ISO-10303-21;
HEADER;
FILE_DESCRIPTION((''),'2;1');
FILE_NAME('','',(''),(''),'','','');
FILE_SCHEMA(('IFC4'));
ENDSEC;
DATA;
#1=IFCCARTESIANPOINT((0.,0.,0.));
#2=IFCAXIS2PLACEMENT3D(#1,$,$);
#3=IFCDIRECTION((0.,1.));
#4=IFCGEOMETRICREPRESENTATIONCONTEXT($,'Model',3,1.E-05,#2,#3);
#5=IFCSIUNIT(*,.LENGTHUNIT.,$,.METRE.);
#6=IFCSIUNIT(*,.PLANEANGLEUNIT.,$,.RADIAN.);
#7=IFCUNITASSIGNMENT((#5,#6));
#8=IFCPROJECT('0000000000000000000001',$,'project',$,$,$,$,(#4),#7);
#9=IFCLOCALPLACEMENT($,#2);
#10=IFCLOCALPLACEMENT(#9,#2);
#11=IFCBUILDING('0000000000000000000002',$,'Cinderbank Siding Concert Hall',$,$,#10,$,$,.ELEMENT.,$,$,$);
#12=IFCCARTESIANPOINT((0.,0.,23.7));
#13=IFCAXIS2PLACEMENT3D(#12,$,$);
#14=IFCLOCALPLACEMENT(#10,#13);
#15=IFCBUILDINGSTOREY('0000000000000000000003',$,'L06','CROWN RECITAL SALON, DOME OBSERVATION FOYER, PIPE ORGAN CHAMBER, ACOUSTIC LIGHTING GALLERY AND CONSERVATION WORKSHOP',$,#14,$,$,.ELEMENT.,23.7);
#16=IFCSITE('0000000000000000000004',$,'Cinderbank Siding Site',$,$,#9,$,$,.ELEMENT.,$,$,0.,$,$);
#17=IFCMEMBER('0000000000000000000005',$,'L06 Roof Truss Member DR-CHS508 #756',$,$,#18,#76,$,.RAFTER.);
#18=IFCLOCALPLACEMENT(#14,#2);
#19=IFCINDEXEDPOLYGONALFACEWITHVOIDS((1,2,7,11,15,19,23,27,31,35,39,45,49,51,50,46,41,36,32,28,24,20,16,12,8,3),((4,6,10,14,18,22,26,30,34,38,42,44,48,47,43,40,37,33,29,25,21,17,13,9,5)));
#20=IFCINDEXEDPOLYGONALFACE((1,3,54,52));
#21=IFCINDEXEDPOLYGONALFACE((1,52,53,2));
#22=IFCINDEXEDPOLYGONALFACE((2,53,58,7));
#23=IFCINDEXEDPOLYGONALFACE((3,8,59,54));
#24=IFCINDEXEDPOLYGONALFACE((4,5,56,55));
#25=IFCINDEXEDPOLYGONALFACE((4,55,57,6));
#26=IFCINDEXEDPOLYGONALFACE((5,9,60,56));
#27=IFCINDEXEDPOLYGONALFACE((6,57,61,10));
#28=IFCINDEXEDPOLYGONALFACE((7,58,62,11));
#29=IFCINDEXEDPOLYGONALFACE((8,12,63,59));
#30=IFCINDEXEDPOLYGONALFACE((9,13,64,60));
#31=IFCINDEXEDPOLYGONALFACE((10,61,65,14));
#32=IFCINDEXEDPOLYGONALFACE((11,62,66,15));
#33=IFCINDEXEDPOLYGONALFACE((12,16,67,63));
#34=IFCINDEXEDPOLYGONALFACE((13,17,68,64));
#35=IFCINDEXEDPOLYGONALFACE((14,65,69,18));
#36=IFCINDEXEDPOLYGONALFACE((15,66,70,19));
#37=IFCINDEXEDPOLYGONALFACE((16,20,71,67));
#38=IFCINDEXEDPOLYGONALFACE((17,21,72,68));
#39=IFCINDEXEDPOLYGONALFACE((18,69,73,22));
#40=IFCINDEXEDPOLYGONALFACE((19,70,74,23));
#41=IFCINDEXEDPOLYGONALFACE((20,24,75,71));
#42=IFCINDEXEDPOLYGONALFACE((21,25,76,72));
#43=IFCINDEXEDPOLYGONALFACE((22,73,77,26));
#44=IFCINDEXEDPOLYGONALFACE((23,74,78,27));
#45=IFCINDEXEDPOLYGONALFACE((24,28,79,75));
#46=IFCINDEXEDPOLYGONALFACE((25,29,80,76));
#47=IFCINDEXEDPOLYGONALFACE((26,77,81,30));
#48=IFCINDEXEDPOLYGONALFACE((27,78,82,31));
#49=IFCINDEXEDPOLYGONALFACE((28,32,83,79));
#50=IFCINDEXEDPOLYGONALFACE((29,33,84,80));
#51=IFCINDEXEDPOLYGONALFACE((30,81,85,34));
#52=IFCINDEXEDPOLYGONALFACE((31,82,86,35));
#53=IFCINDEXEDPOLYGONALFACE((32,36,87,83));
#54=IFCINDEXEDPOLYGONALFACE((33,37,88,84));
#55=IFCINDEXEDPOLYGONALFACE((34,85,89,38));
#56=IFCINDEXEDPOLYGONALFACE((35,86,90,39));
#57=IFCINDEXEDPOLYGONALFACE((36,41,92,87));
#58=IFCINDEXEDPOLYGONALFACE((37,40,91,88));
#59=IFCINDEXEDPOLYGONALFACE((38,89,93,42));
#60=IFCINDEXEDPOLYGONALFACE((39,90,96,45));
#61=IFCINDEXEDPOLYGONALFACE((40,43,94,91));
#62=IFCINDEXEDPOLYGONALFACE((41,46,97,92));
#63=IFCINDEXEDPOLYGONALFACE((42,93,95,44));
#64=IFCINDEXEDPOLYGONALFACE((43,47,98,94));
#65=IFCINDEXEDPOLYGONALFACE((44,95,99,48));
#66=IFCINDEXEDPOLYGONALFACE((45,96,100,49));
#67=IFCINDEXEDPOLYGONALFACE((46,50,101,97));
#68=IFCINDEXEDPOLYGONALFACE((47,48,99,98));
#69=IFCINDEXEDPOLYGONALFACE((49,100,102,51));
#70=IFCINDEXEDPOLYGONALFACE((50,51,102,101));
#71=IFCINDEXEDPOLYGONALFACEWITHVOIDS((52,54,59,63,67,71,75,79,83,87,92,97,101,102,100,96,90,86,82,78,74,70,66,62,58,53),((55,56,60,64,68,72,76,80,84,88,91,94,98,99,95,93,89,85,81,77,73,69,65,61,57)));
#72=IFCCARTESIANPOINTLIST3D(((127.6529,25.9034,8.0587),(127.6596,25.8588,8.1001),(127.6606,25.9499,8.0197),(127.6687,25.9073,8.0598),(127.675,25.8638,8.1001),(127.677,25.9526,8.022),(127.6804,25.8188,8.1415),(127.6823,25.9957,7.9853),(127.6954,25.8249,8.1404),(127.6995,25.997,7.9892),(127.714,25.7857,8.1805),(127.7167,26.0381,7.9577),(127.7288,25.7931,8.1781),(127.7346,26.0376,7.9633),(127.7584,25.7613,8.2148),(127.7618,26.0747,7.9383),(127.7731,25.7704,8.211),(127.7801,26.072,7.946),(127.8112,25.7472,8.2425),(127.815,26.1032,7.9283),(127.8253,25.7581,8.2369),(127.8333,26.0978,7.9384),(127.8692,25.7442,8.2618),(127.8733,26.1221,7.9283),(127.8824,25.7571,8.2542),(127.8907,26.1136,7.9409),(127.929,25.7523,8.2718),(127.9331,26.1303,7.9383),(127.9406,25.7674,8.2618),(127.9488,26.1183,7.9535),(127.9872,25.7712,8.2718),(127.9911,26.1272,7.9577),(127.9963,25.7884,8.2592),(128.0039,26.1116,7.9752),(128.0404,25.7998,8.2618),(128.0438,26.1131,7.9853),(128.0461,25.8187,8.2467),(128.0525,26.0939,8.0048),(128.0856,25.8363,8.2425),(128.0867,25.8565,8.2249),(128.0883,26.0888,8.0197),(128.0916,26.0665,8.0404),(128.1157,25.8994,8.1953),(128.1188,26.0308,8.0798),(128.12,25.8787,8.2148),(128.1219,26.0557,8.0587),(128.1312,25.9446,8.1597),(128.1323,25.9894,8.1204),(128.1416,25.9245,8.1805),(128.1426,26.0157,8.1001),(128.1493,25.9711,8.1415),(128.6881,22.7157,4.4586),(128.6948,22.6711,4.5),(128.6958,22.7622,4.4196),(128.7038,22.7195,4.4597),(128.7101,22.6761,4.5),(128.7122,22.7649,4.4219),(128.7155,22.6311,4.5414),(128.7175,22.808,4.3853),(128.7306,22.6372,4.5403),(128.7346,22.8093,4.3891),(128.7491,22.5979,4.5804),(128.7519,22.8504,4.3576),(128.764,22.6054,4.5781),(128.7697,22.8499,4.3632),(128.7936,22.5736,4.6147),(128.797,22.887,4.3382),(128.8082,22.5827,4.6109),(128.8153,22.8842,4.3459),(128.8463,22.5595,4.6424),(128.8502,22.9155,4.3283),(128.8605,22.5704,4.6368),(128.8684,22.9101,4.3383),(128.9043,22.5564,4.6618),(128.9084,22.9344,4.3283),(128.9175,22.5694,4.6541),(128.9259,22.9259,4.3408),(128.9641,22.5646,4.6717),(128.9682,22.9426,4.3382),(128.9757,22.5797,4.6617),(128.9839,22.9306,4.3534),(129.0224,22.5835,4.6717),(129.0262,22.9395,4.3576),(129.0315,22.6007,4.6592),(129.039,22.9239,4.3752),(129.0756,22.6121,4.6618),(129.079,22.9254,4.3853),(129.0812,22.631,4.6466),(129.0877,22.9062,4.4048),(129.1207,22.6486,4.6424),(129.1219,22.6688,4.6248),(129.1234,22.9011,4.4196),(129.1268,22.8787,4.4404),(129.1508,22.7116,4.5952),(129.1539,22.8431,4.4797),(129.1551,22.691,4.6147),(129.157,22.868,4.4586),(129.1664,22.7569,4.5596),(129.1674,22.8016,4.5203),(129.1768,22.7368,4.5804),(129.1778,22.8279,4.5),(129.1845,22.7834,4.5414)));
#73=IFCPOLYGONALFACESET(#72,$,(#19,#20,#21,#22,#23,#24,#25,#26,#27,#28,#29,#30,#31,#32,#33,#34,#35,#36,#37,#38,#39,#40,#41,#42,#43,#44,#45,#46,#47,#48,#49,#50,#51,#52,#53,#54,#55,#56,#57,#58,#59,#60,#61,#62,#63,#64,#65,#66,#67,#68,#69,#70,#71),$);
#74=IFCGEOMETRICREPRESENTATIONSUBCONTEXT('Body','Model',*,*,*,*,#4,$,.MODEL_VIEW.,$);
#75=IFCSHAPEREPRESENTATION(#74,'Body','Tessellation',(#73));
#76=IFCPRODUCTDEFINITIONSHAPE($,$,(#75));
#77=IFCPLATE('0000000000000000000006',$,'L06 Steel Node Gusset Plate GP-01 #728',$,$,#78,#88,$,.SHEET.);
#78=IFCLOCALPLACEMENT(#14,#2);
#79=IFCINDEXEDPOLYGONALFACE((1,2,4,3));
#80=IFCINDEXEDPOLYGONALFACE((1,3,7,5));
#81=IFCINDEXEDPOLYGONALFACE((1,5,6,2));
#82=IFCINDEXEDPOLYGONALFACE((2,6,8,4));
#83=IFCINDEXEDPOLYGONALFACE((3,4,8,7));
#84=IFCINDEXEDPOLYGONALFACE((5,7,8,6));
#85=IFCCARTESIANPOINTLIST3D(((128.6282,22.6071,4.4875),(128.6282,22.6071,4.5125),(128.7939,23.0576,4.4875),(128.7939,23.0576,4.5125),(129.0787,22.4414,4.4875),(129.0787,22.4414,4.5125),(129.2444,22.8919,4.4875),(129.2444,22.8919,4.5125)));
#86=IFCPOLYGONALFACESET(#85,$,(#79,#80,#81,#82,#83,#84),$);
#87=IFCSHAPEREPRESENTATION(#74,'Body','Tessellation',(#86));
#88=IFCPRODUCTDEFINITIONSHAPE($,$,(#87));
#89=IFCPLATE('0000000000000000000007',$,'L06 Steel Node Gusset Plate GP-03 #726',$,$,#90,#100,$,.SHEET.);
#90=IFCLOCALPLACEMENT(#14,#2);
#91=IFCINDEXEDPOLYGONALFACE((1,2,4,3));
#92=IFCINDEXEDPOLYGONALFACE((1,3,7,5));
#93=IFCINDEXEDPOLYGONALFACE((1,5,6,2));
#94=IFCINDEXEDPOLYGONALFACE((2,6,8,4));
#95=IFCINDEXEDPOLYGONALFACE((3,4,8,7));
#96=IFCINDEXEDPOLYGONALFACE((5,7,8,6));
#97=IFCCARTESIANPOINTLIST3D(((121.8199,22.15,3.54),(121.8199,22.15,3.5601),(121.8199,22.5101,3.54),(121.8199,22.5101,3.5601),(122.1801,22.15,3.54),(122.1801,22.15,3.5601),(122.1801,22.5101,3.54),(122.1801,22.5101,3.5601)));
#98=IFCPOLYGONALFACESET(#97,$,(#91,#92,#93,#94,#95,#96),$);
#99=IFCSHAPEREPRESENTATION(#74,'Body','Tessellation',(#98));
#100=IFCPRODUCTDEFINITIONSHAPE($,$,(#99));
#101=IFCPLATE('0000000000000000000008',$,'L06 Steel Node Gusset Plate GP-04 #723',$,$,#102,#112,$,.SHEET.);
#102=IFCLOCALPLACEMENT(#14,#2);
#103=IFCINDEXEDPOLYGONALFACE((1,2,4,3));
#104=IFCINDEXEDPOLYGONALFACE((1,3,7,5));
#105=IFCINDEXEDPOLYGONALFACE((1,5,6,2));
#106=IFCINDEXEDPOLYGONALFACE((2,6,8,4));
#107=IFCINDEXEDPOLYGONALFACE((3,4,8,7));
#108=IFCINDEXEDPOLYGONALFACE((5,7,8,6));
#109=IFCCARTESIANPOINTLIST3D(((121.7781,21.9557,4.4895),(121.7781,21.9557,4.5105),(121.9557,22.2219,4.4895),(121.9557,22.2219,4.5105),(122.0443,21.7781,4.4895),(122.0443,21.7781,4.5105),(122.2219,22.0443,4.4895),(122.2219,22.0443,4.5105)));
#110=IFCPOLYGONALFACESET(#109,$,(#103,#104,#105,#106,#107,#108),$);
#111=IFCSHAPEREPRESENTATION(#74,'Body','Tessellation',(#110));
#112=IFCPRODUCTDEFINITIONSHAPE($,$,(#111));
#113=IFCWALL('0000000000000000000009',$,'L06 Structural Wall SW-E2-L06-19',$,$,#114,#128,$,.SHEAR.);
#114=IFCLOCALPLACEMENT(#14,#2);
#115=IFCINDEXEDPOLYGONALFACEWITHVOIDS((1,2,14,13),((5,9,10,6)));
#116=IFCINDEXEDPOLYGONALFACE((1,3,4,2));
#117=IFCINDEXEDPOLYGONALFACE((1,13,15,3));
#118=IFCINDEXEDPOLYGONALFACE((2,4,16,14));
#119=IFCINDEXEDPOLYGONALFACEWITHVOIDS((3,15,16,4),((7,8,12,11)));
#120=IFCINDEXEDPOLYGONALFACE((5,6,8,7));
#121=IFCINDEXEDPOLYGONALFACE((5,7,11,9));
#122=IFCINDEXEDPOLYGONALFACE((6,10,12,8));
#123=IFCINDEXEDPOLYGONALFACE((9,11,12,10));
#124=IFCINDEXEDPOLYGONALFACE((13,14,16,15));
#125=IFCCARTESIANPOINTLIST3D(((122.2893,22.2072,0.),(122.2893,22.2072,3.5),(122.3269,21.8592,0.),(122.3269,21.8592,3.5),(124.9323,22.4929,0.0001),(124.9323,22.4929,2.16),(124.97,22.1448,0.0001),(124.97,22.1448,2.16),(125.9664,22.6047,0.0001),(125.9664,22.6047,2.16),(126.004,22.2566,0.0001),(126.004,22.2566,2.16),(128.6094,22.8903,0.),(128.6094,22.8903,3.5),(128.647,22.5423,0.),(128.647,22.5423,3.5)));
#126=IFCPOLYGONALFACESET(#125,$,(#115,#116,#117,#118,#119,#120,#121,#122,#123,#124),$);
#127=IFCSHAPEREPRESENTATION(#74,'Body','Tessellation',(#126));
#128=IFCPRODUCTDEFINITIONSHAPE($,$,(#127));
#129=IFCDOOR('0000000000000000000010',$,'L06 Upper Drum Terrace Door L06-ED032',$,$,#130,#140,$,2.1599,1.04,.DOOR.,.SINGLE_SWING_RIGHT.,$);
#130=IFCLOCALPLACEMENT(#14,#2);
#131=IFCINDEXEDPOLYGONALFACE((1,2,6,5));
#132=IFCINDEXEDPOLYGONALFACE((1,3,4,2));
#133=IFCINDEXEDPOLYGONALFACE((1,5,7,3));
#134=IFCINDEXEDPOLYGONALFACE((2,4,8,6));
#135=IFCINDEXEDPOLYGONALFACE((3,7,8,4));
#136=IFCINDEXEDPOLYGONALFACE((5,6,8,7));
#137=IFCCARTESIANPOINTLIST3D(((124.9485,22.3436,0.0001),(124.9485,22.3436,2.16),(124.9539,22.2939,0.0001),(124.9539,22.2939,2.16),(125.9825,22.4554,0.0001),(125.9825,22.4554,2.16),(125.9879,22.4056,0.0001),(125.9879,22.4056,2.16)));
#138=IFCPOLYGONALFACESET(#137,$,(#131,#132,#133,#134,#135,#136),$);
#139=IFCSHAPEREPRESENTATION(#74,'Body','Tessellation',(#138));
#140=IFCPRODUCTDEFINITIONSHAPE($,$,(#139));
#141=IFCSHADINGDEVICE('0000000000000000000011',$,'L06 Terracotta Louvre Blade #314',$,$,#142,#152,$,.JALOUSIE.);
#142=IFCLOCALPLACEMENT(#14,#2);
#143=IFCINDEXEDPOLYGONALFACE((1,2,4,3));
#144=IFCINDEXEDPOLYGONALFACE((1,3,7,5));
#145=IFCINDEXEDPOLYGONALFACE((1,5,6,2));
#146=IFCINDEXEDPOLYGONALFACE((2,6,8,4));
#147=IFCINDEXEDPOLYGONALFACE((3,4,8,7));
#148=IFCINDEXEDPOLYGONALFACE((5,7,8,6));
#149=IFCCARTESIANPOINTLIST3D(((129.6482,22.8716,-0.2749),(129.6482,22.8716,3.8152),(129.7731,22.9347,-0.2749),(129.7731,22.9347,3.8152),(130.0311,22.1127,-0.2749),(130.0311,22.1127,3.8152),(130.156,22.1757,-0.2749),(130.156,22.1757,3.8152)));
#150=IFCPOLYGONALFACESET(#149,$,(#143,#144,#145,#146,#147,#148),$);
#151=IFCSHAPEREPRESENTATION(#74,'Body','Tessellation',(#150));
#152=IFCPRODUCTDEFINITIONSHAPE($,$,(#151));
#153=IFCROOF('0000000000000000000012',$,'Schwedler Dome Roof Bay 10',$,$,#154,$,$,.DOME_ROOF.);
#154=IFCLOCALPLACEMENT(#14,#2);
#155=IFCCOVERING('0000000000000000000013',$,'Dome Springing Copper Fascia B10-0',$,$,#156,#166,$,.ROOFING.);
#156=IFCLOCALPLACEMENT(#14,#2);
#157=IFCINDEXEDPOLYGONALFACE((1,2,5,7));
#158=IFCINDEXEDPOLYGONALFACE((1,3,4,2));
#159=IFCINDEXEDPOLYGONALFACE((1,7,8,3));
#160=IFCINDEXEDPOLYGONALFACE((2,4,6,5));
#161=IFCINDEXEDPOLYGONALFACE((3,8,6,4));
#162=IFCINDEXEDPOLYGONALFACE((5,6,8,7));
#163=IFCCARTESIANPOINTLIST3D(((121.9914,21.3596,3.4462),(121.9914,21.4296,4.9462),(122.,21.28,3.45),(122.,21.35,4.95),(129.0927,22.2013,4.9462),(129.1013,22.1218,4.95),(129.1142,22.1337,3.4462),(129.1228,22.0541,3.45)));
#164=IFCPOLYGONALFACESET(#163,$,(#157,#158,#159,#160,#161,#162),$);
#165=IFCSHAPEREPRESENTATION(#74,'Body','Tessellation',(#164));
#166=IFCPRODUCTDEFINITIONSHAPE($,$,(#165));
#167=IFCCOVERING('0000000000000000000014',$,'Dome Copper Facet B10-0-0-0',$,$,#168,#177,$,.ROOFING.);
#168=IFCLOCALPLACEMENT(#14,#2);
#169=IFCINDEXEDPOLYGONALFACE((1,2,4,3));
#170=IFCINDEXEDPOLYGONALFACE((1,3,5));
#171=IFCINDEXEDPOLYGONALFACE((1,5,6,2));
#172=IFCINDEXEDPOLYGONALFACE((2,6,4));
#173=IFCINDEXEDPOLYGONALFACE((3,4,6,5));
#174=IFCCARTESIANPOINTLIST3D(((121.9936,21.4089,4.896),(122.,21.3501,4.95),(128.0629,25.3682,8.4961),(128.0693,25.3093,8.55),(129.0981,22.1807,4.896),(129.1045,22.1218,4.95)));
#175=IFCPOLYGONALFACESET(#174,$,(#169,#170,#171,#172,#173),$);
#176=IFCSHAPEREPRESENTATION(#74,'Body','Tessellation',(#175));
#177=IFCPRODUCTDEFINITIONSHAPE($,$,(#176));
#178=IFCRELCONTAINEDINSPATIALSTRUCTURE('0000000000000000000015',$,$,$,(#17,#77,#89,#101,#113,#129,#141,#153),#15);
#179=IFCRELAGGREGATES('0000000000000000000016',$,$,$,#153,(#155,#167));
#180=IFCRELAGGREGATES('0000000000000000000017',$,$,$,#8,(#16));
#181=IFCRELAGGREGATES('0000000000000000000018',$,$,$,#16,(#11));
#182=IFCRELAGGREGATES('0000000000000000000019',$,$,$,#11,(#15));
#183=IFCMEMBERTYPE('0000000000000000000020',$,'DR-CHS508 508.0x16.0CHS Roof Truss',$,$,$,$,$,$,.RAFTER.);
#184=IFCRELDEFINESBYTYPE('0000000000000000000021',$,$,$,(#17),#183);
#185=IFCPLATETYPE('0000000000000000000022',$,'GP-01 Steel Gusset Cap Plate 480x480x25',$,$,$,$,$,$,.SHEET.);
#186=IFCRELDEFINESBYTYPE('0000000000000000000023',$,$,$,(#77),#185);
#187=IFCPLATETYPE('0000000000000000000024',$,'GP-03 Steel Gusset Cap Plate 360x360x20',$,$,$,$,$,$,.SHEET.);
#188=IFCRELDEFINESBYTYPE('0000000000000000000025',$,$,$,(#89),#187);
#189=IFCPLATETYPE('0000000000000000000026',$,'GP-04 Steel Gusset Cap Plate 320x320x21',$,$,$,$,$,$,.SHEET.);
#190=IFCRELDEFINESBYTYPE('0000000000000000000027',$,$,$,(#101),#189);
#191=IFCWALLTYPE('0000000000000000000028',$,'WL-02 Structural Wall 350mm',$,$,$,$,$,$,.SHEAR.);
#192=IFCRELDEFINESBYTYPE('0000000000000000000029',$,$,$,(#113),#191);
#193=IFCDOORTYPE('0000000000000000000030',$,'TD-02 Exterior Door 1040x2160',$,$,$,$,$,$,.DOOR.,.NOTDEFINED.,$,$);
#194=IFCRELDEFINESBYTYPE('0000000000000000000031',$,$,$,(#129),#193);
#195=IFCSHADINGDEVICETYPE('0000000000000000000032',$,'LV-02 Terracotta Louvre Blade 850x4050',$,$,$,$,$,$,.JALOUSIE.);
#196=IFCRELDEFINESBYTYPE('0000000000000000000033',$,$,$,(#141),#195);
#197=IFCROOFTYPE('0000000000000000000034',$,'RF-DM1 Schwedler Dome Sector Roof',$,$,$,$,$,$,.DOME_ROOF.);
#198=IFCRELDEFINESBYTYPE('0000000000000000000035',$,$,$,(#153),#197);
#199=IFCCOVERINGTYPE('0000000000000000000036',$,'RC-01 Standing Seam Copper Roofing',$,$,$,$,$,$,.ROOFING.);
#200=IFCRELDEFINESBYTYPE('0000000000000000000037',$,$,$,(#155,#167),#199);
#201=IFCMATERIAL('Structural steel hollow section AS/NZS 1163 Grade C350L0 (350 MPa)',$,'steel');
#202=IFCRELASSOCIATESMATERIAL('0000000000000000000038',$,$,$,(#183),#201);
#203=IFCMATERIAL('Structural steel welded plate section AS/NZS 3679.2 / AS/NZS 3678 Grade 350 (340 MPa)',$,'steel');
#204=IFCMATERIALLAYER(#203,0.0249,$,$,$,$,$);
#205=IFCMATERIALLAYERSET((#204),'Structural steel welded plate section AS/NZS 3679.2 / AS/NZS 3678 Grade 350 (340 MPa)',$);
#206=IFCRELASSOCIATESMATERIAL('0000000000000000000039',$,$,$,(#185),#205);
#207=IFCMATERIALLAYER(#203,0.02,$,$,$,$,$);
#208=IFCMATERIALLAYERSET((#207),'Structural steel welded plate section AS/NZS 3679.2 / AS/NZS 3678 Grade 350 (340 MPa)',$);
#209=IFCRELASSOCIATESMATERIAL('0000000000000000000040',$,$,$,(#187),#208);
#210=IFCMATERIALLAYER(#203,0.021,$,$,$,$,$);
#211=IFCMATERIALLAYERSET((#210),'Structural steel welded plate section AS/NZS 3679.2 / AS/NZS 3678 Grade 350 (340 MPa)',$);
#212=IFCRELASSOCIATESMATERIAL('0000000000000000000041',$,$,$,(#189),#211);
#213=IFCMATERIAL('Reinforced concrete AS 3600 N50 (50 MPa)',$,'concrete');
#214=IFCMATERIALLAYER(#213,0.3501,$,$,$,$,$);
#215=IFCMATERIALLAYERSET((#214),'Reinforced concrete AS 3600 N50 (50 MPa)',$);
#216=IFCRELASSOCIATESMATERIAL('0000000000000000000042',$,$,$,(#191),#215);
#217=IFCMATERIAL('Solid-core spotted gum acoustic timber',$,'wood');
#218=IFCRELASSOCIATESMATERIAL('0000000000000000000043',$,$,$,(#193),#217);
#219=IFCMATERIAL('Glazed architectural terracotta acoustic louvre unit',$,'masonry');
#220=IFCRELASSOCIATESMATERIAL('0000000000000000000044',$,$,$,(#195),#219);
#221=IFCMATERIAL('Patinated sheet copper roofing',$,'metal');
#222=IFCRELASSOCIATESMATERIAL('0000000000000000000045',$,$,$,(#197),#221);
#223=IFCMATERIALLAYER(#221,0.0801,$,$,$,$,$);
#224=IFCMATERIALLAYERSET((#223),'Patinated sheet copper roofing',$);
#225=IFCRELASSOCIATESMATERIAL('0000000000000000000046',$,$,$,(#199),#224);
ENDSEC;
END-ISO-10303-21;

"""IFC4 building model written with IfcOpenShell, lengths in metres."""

from ifc_helpers import new_model, si_unit, direction, frame, frame_2d, origin, origin_2d, place, context, subcontext, project, spatial, polyline, rectangle, hollow_circle, outline, extrude, material, layer, layer_set, material_profile, profile_set, type_object, element, fill, aggregate, save


model = new_model("IFC4")

# Units and contexts
model_context = context("Model", 3, precision=1e-05, world=origin(), true_north=direction((0.0, 1.0)))
body_context = subcontext(model_context, "Body", "Model", "MODEL_VIEW")
ifc_project = project(units=[si_unit("LENGTHUNIT", "METRE"), si_unit("PLANEANGLEUNIT", "RADIAN")], contexts=[model_context])

# Site, building, storey
site_placement = place(None, origin())
site = spatial("IfcSite", under=ifc_project, at=site_placement, Name="Cinderbank Siding Site", CompositionType="ELEMENT", RefElevation=0.0)
building_placement = place(site_placement, origin())
building = spatial("IfcBuilding", under=site, at=building_placement, Name="Cinderbank Siding Concert Hall", CompositionType="ELEMENT")
storey_placement = place(building_placement, frame((0.0, 0.0, 23.7)))
storey = spatial("IfcBuildingStorey", under=building, at=storey_placement, Name="L06", Description="CROWN RECITAL SALON, DOME OBSERVATION FOYER, PIPE ORGAN CHAMBER, ACOUSTIC LIGHTING GALLERY AND CONSERVATION WORKSHOP", CompositionType="ELEMENT", Elevation=23.7)

# Shared definitions
ifc_material_1 = material(Name="Structural steel welded plate section AS/NZS 3679.2 / AS/NZS 3678 Grade 350 (340 MPa)", Category="steel")

# Member
ifc_material_2 = material(Name="Structural steel hollow section AS/NZS 1163 Grade C350L0 (350 MPa)", Category="steel")
ifc_material_profile_1 = material_profile(ifc_material_2, hollow_circle(Radius=0.2539, WallThickness=0.0161, at=origin_2d()), Name="508.0x16.0CHS", Category="LoadBearing")
ifc_profile_set_1 = profile_set([ifc_material_profile_1], Name="Structural steel hollow section AS/NZS 1163 Grade C350L0 (350 MPa)")
member_type_1 = type_object("IfcMemberType", Name="DR-CHS508 508.0x16.0CHS Roof Truss", PredefinedType="RAFTER", material=ifc_profile_set_1)
member_1_placement = place(storey_placement, frame((128.9363, 22.7495, 4.5), z_axis=(-0.210452, 0.648082, 0.731915), x_axis=(-0.95111, -0.308854, 0.0)))
element("IfcMember", 1, at=member_1_placement, inside=storey, type_object=member_type_1, Name="L06 Roof Truss Member DR-CHS508 #756", PredefinedType="RAFTER", context=body_context, shape_type="SweptSolid", body=[
    extrude(hollow_circle(Radius=0.2539, WallThickness=0.0161, at=origin_2d()), origin(), (0.0, 0.0, 1.0), 4.9187),
])

# Plates
ifc_layer_1 = layer(ifc_material_1, 0.0249)
ifc_layer_set_1 = layer_set([ifc_layer_1], Name="Structural steel welded plate section AS/NZS 3679.2 / AS/NZS 3678 Grade 350 (340 MPa)")
plate_type_1 = type_object("IfcPlateType", Name="GP-01 Steel Gusset Cap Plate 480x480x25", PredefinedType="SHEET", material=ifc_layer_set_1)
plate_1_placement = place(storey_placement, frame((128.9363, 22.7495, 4.4875), z_axis=(0.0, 0.0, 1.0), x_axis=(-0.938553, 0.345134, 0.0)))
element("IfcPlate", 2, at=plate_1_placement, inside=storey, type_object=plate_type_1, Name="L06 Steel Node Gusset Plate GP-01 #728", PredefinedType="SHEET", context=body_context, shape_type="SweptSolid", body=[
    extrude(rectangle(XDim=0.48, YDim=0.48, at=origin_2d()), origin(), (0.0, 0.0, 1.0), 0.0249),
])
ifc_layer_2 = layer(ifc_material_1, 0.02)
ifc_layer_set_2 = layer_set([ifc_layer_2], Name="Structural steel welded plate section AS/NZS 3679.2 / AS/NZS 3678 Grade 350 (340 MPa)")
plate_type_2 = type_object("IfcPlateType", Name="GP-03 Steel Gusset Cap Plate 360x360x20", PredefinedType="SHEET", material=ifc_layer_set_2)
plate_2_placement = place(storey_placement, frame((122.0, 22.3301, 3.54), z_axis=(0.0, 0.0, 1.0), x_axis=(0.0, 1.0, 0.0)))
element("IfcPlate", 3, at=plate_2_placement, inside=storey, type_object=plate_type_2, Name="L06 Steel Node Gusset Plate GP-03 #726", PredefinedType="SHEET", context=body_context, shape_type="SweptSolid", body=[
    extrude(rectangle(XDim=0.3601, YDim=0.3601, at=origin_2d()), origin(), (0.0, 0.0, 1.0), 0.02),
])
ifc_layer_3 = layer(ifc_material_1, 0.021)
ifc_layer_set_3 = layer_set([ifc_layer_3], Name="Structural steel welded plate section AS/NZS 3679.2 / AS/NZS 3678 Grade 350 (340 MPa)")
plate_type_3 = type_object("IfcPlateType", Name="GP-04 Steel Gusset Cap Plate 320x320x21", PredefinedType="SHEET", material=ifc_layer_set_3)
plate_3_placement = place(storey_placement, frame((122.0, 22.0, 4.4895), z_axis=(0.0, 0.0, 1.0), x_axis=(-0.831857, 0.55499, 0.0)))
element("IfcPlate", 4, at=plate_3_placement, inside=storey, type_object=plate_type_3, Name="L06 Steel Node Gusset Plate GP-04 #723", PredefinedType="SHEET", context=body_context, shape_type="SweptSolid", body=[
    extrude(rectangle(XDim=0.3201, YDim=0.3201, at=origin_2d()), origin(), (0.0, 0.0, 1.0), 0.021),
])

# Wall, opening, door
ifc_material_3 = material(Name="Reinforced concrete AS 3600 N50 (50 MPa)", Category="concrete")
ifc_layer_4 = layer(ifc_material_3, 0.3501)
ifc_layer_set_4 = layer_set([ifc_layer_4], Name="Reinforced concrete AS 3600 N50 (50 MPa)")
wall_type = type_object("IfcWallType", Name="WL-02 Structural Wall 350mm", PredefinedType="SHEAR", material=ifc_layer_set_4)
wall_placement = place(storey_placement, frame((122.3081, 22.0332, 0.0), z_axis=(0.0, 0.0, 1.0), x_axis=(0.994209, 0.107459, 0.0)))
wall = element("IfcWall", 5, at=wall_placement, inside=storey, type_object=wall_type, Name="L06 Structural Wall SW-E2-L06-19", PredefinedType="SHEAR", context=body_context, shape_type="SweptSolid", body=[
    extrude(rectangle(XDim=6.3569, YDim=0.3501, at=frame_2d((3.1785, 0.0))), origin(), (0.0, 0.0, 1.0), 3.5),
])
opening_placement = place(wall_placement, frame((2.6584, 0.0, 0.0)))
opening = element("IfcOpeningElement", 6, at=opening_placement, cuts=wall, PredefinedType="OPENING", context=body_context, shape_type="SweptSolid", body=[
    extrude(rectangle(XDim=1.04, YDim=2.1599, at=frame_2d((0.52, 1.0801))), frame((0.0, 0.187, 0.0), z_axis=(0.0, -1.0, 0.0), x_axis=(1.0, 0.0, 0.0)), (0.0, 0.0, 1.0), 0.374),
])
ifc_material_4 = material(Name="Solid-core spotted gum acoustic timber", Category="wood")
door_type = type_object("IfcDoorType", Name="TD-02 Exterior Door 1040x2160", OperationType="NOTDEFINED", PredefinedType="DOOR", material=ifc_material_4)
door_placement = place(opening_placement, origin())
door = element("IfcDoor", 7, at=door_placement, inside=storey, type_object=door_type, Name="L06 Upper Drum Terrace Door L06-ED032", OperationType="SINGLE_SWING_RIGHT", OverallHeight=2.1599, OverallWidth=1.04, PredefinedType="DOOR", context=body_context, shape_type="SweptSolid", body=[
    extrude(rectangle(XDim=1.04, YDim=2.1599, at=frame_2d((0.52, 1.0801))), frame((0.0, 0.0249, 0.0), z_axis=(0.0, -1.0, 0.0), x_axis=(1.0, 0.0, 0.0)), (0.0, 0.0, 1.0), 0.05),
])
fill(opening, door)

# Shading device
ifc_material_5 = material(Name="Glazed architectural terracotta acoustic louvre unit", Category="masonry")
shading_device_type = type_object("IfcShadingDeviceType", Name="LV-02 Terracotta Louvre Blade 850x4050", PredefinedType="JALOUSIE", material=ifc_material_5)
shading_device_placement = place(storey_placement, frame((129.9021, 22.5237, -0.2749), z_axis=(0.0, 0.0, 1.0), x_axis=(0.450487, -0.892783, 0.0)))
element("IfcShadingDevice", 8, at=shading_device_placement, inside=storey, type_object=shading_device_type, Name="L06 Terracotta Louvre Blade #314", PredefinedType="JALOUSIE", context=body_context, shape_type="SweptSolid", body=[
    extrude(rectangle(XDim=0.8501, YDim=0.1399, at=origin_2d()), origin(), (0.0, 0.0, 1.0), 4.0901),
])

# Roof, coverings
ifc_material_6 = material(Name="Patinated sheet copper roofing", Category="metal")
roof_type = type_object("IfcRoofType", Name="RF-DM1 Schwedler Dome Sector Roof", PredefinedType="DOME_ROOF", material=ifc_material_6)
roof_placement = place(storey_placement, origin())
roof = element("IfcRoof", 9, at=roof_placement, inside=storey, type_object=roof_type, Name="Schwedler Dome Roof Bay 10", PredefinedType="DOME_ROOF")
ifc_layer_5 = layer(ifc_material_6, 0.0801)
ifc_layer_set_5 = layer_set([ifc_layer_5], Name="Patinated sheet copper roofing")
covering_type = type_object("IfcCoveringType", Name="RC-01 Standing Seam Copper Roofing", PredefinedType="ROOFING", material=ifc_layer_set_5)
covering_1_placement = place(storey_placement, frame((122.0, 21.28, 3.45), z_axis=(0.107929, -0.993077, 0.046354), x_axis=(0.994146, 0.108045, 0.0)))
covering_1 = element("IfcCovering", 10, at=covering_1_placement, type_object=covering_type, Name="Dome Springing Copper Fascia B10-0", PredefinedType="ROOFING", context=body_context, shape_type="SweptSolid", body=[
    extrude(outline(polyline([(0.0, 0.0), (7.1648, 0.0), (7.1507, 1.5016), (0.0076, 1.5016), (0.0, 0.0)])), origin(), (0.0, 0.0, -1.0), 0.0801),
])
covering_2_placement = place(storey_placement, frame((122.0, 21.3501, 4.95), z_axis=(0.07982, -0.734817, 0.673552), x_axis=(0.994152, 0.10799, 0.0)))
covering_2 = element("IfcCovering", 11, at=covering_2_placement, type_object=covering_type, Name="Dome Copper Facet B10-0-0-0", PredefinedType="ROOFING", context=body_context, shape_type="SweptSolid", body=[
    extrude(outline(polyline([(0.0, 0.0), (7.1463, 0.0), (6.4614, 4.8707), (0.0, 0.0)])), origin(), (0.0, 0.0, -1.0), 0.0801),
])
aggregate(roof, [covering_1, covering_2])

save(model, "model.ifc")
